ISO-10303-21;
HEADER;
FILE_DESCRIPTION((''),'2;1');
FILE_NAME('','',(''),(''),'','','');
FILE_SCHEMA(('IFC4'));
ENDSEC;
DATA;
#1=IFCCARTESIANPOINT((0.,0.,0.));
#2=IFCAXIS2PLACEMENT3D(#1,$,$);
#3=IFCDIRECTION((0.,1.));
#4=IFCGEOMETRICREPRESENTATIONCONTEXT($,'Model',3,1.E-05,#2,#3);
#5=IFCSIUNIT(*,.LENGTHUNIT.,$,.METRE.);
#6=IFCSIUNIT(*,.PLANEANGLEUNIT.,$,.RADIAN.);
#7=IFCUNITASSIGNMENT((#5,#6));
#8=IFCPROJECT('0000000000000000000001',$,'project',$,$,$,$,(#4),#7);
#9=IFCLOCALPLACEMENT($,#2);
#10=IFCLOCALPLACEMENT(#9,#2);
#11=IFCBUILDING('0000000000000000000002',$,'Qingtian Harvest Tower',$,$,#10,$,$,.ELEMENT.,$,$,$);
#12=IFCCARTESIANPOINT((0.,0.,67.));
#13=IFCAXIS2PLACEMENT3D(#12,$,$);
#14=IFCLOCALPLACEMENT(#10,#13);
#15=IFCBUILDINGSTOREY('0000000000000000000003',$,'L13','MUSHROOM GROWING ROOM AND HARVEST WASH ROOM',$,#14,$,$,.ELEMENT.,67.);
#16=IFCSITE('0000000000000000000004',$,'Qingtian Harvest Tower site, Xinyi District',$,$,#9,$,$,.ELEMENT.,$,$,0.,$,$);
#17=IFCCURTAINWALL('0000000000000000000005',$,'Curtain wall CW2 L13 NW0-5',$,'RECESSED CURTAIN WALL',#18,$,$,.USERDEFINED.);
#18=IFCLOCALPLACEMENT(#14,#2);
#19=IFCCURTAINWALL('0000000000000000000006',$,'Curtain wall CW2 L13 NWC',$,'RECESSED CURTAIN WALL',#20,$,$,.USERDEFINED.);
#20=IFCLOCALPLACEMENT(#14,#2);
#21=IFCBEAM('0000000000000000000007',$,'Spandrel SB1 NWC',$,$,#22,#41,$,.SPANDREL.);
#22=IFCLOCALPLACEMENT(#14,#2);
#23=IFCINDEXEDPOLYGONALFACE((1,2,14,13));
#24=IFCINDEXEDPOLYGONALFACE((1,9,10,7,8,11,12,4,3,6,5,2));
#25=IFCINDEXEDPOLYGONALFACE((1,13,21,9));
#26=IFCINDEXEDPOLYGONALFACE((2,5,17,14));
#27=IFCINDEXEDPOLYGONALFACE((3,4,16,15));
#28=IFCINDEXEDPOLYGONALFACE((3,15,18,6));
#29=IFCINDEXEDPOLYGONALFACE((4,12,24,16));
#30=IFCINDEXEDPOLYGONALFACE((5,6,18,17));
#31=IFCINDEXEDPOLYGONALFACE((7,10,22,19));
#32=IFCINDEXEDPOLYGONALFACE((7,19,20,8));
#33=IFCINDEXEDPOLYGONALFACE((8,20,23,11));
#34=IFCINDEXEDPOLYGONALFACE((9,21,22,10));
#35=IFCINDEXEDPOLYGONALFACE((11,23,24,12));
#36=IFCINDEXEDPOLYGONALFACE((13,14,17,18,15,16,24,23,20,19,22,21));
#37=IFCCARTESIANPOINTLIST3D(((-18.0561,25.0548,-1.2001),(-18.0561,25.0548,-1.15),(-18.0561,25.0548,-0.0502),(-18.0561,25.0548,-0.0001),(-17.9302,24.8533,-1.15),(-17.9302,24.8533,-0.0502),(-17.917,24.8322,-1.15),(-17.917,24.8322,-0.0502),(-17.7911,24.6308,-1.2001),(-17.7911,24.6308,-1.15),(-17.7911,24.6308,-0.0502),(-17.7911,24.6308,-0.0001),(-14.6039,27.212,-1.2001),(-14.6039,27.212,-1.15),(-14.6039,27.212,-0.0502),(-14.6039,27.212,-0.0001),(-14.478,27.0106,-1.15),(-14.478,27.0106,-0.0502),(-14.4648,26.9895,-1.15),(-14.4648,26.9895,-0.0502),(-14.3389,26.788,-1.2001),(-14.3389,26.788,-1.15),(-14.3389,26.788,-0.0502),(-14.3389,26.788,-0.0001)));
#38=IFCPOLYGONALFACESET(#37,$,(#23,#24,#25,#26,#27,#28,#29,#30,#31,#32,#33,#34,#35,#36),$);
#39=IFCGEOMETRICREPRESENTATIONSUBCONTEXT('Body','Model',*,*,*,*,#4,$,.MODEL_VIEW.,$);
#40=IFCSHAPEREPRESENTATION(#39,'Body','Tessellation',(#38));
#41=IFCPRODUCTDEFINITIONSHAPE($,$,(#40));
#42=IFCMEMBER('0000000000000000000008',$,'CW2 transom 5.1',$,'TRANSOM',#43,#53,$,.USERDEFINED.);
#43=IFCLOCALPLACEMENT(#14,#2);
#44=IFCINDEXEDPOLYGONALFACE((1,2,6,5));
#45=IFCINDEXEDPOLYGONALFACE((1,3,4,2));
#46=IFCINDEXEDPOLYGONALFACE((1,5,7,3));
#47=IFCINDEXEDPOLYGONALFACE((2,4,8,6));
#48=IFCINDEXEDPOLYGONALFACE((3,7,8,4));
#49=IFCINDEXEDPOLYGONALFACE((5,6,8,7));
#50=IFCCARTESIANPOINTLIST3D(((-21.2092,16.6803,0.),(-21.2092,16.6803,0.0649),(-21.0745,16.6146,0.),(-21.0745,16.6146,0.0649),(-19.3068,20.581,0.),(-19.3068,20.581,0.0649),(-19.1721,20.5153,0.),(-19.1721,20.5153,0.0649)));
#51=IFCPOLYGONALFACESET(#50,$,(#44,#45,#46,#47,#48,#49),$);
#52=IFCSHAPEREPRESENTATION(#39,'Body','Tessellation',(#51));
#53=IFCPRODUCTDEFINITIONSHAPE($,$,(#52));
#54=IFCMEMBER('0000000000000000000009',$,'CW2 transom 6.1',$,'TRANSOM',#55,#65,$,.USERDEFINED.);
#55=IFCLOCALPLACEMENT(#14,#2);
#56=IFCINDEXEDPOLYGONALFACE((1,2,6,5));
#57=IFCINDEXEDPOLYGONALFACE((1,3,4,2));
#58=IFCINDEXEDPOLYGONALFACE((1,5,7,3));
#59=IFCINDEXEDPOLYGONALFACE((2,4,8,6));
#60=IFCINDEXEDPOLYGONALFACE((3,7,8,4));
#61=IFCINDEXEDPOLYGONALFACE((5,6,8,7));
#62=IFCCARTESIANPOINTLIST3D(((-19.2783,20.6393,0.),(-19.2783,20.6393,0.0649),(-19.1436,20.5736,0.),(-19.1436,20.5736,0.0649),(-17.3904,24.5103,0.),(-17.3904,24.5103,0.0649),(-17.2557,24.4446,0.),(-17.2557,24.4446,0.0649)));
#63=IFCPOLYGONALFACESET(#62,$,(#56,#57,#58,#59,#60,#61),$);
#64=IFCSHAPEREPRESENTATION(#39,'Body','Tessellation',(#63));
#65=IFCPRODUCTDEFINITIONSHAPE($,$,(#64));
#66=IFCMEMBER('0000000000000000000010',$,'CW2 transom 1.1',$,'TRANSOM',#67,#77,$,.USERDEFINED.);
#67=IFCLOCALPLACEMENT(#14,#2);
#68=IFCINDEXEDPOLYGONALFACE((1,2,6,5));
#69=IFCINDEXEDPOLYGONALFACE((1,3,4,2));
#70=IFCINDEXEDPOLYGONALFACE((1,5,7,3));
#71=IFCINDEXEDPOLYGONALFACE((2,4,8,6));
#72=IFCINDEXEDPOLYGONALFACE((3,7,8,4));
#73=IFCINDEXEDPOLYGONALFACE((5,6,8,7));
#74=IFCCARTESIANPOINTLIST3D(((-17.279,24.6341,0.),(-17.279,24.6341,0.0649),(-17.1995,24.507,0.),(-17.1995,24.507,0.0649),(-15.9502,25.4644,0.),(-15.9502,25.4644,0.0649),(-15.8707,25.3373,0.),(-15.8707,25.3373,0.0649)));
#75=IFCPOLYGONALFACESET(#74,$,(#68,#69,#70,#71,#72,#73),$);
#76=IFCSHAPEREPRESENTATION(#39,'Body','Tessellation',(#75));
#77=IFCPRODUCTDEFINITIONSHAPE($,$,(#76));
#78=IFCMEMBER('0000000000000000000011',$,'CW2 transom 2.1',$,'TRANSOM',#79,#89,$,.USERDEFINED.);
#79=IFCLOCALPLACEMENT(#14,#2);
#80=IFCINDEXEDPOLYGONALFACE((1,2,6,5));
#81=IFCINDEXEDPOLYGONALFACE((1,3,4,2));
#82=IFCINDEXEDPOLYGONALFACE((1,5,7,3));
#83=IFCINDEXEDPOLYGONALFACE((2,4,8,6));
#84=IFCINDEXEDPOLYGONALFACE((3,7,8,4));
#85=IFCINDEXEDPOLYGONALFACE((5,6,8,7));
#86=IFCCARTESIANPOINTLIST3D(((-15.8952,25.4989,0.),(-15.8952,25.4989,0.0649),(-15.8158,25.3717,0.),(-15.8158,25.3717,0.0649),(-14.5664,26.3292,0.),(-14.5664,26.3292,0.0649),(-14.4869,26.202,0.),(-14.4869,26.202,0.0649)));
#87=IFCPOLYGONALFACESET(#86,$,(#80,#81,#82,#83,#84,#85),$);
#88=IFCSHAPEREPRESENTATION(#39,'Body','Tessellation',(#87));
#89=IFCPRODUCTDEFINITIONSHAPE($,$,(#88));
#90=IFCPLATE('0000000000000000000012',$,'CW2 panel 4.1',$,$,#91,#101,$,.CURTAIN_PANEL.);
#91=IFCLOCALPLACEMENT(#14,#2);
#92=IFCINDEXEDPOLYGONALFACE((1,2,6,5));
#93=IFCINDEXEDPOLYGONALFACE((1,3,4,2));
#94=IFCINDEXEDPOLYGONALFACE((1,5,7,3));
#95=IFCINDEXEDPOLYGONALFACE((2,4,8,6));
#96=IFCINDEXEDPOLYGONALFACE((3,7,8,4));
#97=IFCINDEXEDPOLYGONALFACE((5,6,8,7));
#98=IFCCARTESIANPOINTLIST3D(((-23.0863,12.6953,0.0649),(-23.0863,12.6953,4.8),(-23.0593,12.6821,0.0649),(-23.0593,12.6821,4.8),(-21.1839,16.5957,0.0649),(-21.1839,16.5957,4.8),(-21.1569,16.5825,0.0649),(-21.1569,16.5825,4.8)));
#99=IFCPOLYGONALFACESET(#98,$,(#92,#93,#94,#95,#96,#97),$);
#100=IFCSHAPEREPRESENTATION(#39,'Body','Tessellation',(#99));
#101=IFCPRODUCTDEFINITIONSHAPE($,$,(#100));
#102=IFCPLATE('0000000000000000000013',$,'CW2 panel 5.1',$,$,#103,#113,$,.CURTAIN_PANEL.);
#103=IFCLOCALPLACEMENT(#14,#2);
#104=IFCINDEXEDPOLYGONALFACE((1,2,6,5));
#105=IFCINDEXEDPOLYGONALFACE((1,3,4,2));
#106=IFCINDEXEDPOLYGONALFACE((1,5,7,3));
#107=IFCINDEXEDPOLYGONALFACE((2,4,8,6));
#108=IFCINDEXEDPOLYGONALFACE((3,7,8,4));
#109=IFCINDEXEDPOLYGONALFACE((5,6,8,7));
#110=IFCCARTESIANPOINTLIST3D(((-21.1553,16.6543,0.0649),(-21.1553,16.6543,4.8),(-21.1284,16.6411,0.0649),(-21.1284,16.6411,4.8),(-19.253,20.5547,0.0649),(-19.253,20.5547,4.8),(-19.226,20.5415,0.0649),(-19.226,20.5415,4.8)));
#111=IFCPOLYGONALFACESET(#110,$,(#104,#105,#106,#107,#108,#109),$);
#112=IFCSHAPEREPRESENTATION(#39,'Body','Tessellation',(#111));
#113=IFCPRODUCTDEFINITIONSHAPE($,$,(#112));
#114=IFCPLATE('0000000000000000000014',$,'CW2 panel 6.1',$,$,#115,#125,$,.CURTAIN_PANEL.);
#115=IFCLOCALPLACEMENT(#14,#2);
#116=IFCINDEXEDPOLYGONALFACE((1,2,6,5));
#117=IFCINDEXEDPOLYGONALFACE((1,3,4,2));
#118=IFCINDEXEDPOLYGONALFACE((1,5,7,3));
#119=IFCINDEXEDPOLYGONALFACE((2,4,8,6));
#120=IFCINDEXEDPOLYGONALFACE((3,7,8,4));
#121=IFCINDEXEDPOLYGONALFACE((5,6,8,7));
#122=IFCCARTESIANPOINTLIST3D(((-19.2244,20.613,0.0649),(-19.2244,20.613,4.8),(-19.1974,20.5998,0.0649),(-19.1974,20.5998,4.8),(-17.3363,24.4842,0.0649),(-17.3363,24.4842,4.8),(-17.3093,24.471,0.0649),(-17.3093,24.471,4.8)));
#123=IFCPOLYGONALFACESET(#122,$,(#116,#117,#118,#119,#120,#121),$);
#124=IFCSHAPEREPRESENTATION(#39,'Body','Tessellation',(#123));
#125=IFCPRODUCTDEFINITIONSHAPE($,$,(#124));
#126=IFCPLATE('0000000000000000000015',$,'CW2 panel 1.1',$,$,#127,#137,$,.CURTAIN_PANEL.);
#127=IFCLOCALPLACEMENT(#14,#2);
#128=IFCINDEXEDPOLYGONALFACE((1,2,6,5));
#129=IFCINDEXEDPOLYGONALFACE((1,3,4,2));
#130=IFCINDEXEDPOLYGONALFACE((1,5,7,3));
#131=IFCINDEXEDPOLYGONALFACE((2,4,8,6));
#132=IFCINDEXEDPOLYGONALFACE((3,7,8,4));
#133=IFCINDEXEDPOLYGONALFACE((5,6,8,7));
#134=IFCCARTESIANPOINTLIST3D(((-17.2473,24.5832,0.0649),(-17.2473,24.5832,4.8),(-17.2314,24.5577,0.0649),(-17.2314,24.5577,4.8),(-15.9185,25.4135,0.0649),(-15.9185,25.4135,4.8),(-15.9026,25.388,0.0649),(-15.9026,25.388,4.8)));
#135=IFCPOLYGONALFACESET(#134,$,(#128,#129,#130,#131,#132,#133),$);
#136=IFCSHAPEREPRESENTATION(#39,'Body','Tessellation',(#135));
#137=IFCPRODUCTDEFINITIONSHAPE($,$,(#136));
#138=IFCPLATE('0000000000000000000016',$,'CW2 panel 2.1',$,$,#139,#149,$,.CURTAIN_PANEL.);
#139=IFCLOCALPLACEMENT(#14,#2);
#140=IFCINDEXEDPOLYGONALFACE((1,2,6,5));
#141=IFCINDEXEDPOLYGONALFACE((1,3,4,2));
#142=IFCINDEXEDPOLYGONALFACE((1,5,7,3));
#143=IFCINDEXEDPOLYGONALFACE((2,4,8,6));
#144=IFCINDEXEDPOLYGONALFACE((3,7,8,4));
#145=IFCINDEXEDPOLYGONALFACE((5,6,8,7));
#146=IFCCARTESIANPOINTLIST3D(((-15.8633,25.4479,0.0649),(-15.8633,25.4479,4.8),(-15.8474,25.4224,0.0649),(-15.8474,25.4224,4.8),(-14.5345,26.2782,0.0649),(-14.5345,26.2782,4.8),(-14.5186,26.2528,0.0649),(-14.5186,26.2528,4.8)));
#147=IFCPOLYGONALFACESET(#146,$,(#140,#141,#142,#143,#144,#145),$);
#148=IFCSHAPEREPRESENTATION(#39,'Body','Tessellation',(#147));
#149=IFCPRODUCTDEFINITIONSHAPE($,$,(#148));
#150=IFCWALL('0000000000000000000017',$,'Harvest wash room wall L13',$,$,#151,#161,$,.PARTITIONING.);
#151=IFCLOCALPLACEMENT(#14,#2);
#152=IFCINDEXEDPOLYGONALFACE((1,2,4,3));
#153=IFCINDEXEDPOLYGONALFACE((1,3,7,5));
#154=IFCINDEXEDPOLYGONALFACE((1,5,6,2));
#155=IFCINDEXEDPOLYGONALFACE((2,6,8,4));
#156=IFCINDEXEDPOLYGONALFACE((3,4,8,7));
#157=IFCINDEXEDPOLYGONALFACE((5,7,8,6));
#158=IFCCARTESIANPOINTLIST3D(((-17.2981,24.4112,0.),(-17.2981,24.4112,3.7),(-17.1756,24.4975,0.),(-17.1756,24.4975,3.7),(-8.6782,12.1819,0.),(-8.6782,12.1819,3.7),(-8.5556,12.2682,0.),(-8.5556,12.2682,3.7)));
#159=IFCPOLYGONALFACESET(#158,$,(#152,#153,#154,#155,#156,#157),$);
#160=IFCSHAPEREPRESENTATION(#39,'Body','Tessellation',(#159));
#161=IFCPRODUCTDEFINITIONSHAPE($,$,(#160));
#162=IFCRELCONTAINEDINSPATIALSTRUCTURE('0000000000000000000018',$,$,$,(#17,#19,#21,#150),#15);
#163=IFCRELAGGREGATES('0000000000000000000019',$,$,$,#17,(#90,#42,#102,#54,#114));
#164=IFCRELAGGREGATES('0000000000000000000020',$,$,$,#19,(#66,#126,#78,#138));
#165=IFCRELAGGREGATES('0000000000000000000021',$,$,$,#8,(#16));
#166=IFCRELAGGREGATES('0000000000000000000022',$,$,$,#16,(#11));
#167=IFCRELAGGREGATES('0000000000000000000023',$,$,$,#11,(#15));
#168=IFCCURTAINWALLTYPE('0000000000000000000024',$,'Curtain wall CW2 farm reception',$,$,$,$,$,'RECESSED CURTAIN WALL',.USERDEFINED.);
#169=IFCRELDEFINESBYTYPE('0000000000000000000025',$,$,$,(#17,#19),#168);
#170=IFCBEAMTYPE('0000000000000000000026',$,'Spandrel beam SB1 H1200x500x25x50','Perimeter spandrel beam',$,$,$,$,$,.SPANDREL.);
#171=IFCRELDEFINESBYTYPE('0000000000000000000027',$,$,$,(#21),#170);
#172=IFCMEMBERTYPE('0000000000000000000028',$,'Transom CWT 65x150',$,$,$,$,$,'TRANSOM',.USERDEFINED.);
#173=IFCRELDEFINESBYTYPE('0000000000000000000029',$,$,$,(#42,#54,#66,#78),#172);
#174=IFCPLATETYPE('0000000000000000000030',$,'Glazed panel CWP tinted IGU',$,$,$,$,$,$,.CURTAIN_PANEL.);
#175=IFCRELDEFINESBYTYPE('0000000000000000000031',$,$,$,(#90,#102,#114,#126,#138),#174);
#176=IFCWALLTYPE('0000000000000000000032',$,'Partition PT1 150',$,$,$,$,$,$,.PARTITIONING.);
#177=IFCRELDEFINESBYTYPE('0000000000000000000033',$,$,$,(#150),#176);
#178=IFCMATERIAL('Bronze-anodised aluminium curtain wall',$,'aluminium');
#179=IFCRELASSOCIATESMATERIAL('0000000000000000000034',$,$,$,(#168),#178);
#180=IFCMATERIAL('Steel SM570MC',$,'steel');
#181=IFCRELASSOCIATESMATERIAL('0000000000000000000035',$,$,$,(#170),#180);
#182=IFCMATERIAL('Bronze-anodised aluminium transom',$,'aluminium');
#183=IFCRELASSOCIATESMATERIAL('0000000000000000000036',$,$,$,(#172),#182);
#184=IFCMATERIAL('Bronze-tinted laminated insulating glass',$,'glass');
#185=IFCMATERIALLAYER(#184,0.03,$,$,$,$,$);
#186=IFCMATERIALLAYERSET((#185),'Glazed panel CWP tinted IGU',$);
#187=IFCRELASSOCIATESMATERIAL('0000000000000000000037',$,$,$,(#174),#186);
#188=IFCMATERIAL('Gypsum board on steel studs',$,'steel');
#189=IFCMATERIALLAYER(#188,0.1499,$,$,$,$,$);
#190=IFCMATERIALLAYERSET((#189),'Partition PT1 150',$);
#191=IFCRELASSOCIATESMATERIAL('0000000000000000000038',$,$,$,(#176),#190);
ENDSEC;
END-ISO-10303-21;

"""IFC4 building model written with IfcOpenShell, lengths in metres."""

from ifc_helpers import new_model, si_unit, direction, frame, frame_2d, origin, origin_2d, place, context, subcontext, project, spatial, rectangle, i_section, extrude, material, layer, layer_set, material_profile, profile_set, type_object, element, aggregate, save


model = new_model("IFC4")

# Units and contexts
model_context = context("Model", 3, precision=1e-05, world=origin(), true_north=direction((0.0, 1.0)))
body_context = subcontext(model_context, "Body", "Model", "MODEL_VIEW")
ifc_project = project(units=[si_unit("LENGTHUNIT", "METRE"), si_unit("PLANEANGLEUNIT", "RADIAN")], contexts=[model_context])

# Site, building, storey
site_placement = place(None, origin())
site = spatial("IfcSite", under=ifc_project, at=site_placement, Name="Qingtian Harvest Tower site, Xinyi District", CompositionType="ELEMENT", RefElevation=0.0)
building_placement = place(site_placement, origin())
building = spatial("IfcBuilding", under=site, at=building_placement, Name="Qingtian Harvest Tower", CompositionType="ELEMENT")
storey_placement = place(building_placement, frame((0.0, 0.0, 67.0)))
storey = spatial("IfcBuildingStorey", under=building, at=storey_placement, Name="L13", Description="MUSHROOM GROWING ROOM AND HARVEST WASH ROOM", CompositionType="ELEMENT", Elevation=67.0)

# Curtain walls
ifc_material_1 = material(Name="Bronze-anodised aluminium curtain wall", Category="aluminium")
curtain_wall_type = type_object("IfcCurtainWallType", Name="Curtain wall CW2 farm reception", ElementType="RECESSED CURTAIN WALL", PredefinedType="USERDEFINED", material=ifc_material_1)
curtain_wall_1_placement = place(storey_placement, origin())
curtain_wall_1 = element("IfcCurtainWall", 1, at=curtain_wall_1_placement, inside=storey, type_object=curtain_wall_type, Name="Curtain wall CW2 L13 NW0-5", ObjectType="RECESSED CURTAIN WALL", PredefinedType="USERDEFINED")
curtain_wall_2_placement = place(storey_placement, origin())
curtain_wall_2 = element("IfcCurtainWall", 2, at=curtain_wall_2_placement, inside=storey, type_object=curtain_wall_type, Name="Curtain wall CW2 L13 NWC", ObjectType="RECESSED CURTAIN WALL", PredefinedType="USERDEFINED")

# Beam
ifc_material_2 = material(Name="Steel SM570MC", Category="steel")
ifc_material_profile_1 = material_profile(ifc_material_2, i_section(OverallWidth=0.5, OverallDepth=1.2, WebThickness=0.0249, FlangeThickness=0.05, at=origin_2d()), Name="H1200x500x25x50")
ifc_profile_set_1 = profile_set([ifc_material_profile_1], Name="Steel SM570MC")
beam_type_1 = type_object("IfcBeamType", Name="Spandrel beam SB1 H1200x500x25x50", Description="Perimeter spandrel beam", PredefinedType="SPANDREL", material=ifc_profile_set_1)
beam_1_placement = place(storey_placement, frame((-17.9236, 24.8428, -0.6001), z_axis=(0.848039, 0.529934, 0.0), x_axis=(-0.529934, 0.848039, 0.0)))
element("IfcBeam", 3, at=beam_1_placement, inside=storey, type_object=beam_type_1, Name="Spandrel SB1 NWC", PredefinedType="SPANDREL", context=body_context, shape_type="SweptSolid", body=[
    extrude(i_section(OverallWidth=0.5, OverallDepth=1.2, WebThickness=0.0249, FlangeThickness=0.05, at=origin_2d()), origin(), (0.0, 0.0, 1.0), 4.0708),
])

# Members
ifc_material_3 = material(Name="Bronze-anodised aluminium transom", Category="aluminium")
ifc_material_profile_2 = material_profile(ifc_material_3, rectangle(XDim=0.1499, YDim=0.0649, at=origin_2d()), Name="AL 65x150")
ifc_profile_set_2 = profile_set([ifc_material_profile_2], Name="Bronze-anodised aluminium transom")
member_type_1 = type_object("IfcMemberType", Name="Transom CWT 65x150", ElementType="TRANSOM", PredefinedType="USERDEFINED", material=ifc_profile_set_2)
member_1_placement = place(storey_placement, frame((-21.1418, 16.6475, 0.0325), z_axis=(0.438348, 0.898805, 0.0), x_axis=(-0.898805, 0.438348, 0.0)))
member_1 = element("IfcMember", 4, at=member_1_placement, type_object=member_type_1, Name="CW2 transom 5.1", ObjectType="TRANSOM", PredefinedType="USERDEFINED", context=body_context, shape_type="SweptSolid", body=[
    extrude(rectangle(XDim=0.1499, YDim=0.0649, at=origin_2d()), origin(), (0.0, 0.0, 1.0), 4.3398),
])
member_2_placement = place(storey_placement, frame((-19.2109, 20.6064, 0.0325), z_axis=(0.438349, 0.898805, 0.0), x_axis=(-0.898805, 0.438349, 0.0)))
member_2 = element("IfcMember", 5, at=member_2_placement, type_object=member_type_1, Name="CW2 transom 6.1", ObjectType="TRANSOM", PredefinedType="USERDEFINED", context=body_context, shape_type="SweptSolid", body=[
    extrude(rectangle(XDim=0.1499, YDim=0.0649, at=origin_2d()), origin(), (0.0, 0.0, 1.0), 4.3069),
])
member_3_placement = place(storey_placement, frame((-17.2393, 24.5706, 0.0325), z_axis=(0.84806, 0.529901, 0.0), x_axis=(-0.529901, 0.84806, 0.0)))
member_3 = element("IfcMember", 6, at=member_3_placement, type_object=member_type_1, Name="CW2 transom 1.1", ObjectType="TRANSOM", PredefinedType="USERDEFINED", context=body_context, shape_type="SweptSolid", body=[
    extrude(rectangle(XDim=0.1499, YDim=0.0649, at=origin_2d()), origin(), (0.0, 0.0, 1.0), 1.5669),
])
member_4_placement = place(storey_placement, frame((-15.8555, 25.4353, 0.0325), z_axis=(0.84806, 0.529901, 0.0), x_axis=(-0.529901, 0.84806, 0.0)))
member_4 = element("IfcMember", 7, at=member_4_placement, type_object=member_type_1, Name="CW2 transom 2.1", ObjectType="TRANSOM", PredefinedType="USERDEFINED", context=body_context, shape_type="SweptSolid", body=[
    extrude(rectangle(XDim=0.1499, YDim=0.0649, at=origin_2d()), origin(), (0.0, 0.0, 1.0), 1.5669),
])

# Plates
ifc_material_4 = material(Name="Bronze-tinted laminated insulating glass", Category="glass")
ifc_layer_1 = layer(ifc_material_4, 0.03)
ifc_layer_set_1 = layer_set([ifc_layer_1], Name="Glazed panel CWP tinted IGU")
plate_type = type_object("IfcPlateType", Name="Glazed panel CWP tinted IGU", PredefinedType="CURTAIN_PANEL", material=ifc_layer_set_1)
plate_1_placement = place(storey_placement, frame((-22.1216, 14.6389, 0.0649), z_axis=(0.0, 0.0, 1.0), x_axis=(0.438371, 0.898794, 0.0)))
plate_1 = element("IfcPlate", 8, at=plate_1_placement, type_object=plate_type, Name="CW2 panel 4.1", PredefinedType="CURTAIN_PANEL", context=body_context, shape_type="SweptSolid", body=[
    extrude(rectangle(XDim=4.3396, YDim=0.03, at=origin_2d()), origin(), (0.0, 0.0, 1.0), 4.7351),
])
plate_2_placement = place(storey_placement, frame((-20.1907, 18.5979, 0.0649), z_axis=(0.0, 0.0, 1.0), x_axis=(0.438371, 0.898794, 0.0)))
plate_2 = element("IfcPlate", 9, at=plate_2_placement, type_object=plate_type, Name="CW2 panel 5.1", PredefinedType="CURTAIN_PANEL", context=body_context, shape_type="SweptSolid", body=[
    extrude(rectangle(XDim=4.3396, YDim=0.03, at=origin_2d()), origin(), (0.0, 0.0, 1.0), 4.7351),
])
plate_3_placement = place(storey_placement, frame((-18.2668, 22.542, 0.0649), z_axis=(0.0, 0.0, 1.0), x_axis=(0.438371, 0.898794, 0.0)))
plate_3 = element("IfcPlate", 10, at=plate_3_placement, type_object=plate_type, Name="CW2 panel 6.1", PredefinedType="CURTAIN_PANEL", context=body_context, shape_type="SweptSolid", body=[
    extrude(rectangle(XDim=4.3071, YDim=0.03, at=origin_2d()), origin(), (0.0, 0.0, 1.0), 4.7351),
])
aggregate(curtain_wall_1, [plate_1, member_1, plate_2, member_2, plate_3])
plate_4_placement = place(storey_placement, frame((-16.575, 24.9856, 0.0649), z_axis=(0.0, 0.0, 1.0), x_axis=(0.848048, 0.529919, 0.0)))
plate_4 = element("IfcPlate", 11, at=plate_4_placement, type_object=plate_type, Name="CW2 panel 1.1", PredefinedType="CURTAIN_PANEL", context=body_context, shape_type="SweptSolid", body=[
    extrude(rectangle(XDim=1.5669, YDim=0.03, at=origin_2d()), origin(), (0.0, 0.0, 1.0), 4.7351),
])
plate_5_placement = place(storey_placement, frame((-15.1909, 25.8503, 0.0649), z_axis=(0.0, 0.0, 1.0), x_axis=(0.848048, 0.529919, 0.0)))
plate_5 = element("IfcPlate", 12, at=plate_5_placement, type_object=plate_type, Name="CW2 panel 2.1", PredefinedType="CURTAIN_PANEL", context=body_context, shape_type="SweptSolid", body=[
    extrude(rectangle(XDim=1.5669, YDim=0.03, at=origin_2d()), origin(), (0.0, 0.0, 1.0), 4.7351),
])
aggregate(curtain_wall_2, [member_3, plate_4, member_4, plate_5])

# Wall
ifc_material_5 = material(Name="Gypsum board on steel studs", Category="steel")
ifc_layer_2 = layer(ifc_material_5, 0.1499)
ifc_layer_set_2 = layer_set([ifc_layer_2], Name="Partition PT1 150")
wall_type = type_object("IfcWallType", Name="Partition PT1 150", PredefinedType="PARTITIONING", material=ifc_layer_set_2)
wall_placement = place(storey_placement, frame((-17.2368, 24.4543, 0.0), z_axis=(0.0, 0.0, 1.0), x_axis=(0.576124, -0.817362, 0.0)))
element("IfcWall", 13, at=wall_placement, inside=storey, type_object=wall_type, Name="Harvest wash room wall L13", PredefinedType="PARTITIONING", context=body_context, shape_type="SweptSolid", body=[
    extrude(rectangle(XDim=14.9619, YDim=0.1499, at=frame_2d((7.481, 0.0))), origin(), (0.0, 0.0, 1.0), 3.7),
])

save(model, "model.ifc")
